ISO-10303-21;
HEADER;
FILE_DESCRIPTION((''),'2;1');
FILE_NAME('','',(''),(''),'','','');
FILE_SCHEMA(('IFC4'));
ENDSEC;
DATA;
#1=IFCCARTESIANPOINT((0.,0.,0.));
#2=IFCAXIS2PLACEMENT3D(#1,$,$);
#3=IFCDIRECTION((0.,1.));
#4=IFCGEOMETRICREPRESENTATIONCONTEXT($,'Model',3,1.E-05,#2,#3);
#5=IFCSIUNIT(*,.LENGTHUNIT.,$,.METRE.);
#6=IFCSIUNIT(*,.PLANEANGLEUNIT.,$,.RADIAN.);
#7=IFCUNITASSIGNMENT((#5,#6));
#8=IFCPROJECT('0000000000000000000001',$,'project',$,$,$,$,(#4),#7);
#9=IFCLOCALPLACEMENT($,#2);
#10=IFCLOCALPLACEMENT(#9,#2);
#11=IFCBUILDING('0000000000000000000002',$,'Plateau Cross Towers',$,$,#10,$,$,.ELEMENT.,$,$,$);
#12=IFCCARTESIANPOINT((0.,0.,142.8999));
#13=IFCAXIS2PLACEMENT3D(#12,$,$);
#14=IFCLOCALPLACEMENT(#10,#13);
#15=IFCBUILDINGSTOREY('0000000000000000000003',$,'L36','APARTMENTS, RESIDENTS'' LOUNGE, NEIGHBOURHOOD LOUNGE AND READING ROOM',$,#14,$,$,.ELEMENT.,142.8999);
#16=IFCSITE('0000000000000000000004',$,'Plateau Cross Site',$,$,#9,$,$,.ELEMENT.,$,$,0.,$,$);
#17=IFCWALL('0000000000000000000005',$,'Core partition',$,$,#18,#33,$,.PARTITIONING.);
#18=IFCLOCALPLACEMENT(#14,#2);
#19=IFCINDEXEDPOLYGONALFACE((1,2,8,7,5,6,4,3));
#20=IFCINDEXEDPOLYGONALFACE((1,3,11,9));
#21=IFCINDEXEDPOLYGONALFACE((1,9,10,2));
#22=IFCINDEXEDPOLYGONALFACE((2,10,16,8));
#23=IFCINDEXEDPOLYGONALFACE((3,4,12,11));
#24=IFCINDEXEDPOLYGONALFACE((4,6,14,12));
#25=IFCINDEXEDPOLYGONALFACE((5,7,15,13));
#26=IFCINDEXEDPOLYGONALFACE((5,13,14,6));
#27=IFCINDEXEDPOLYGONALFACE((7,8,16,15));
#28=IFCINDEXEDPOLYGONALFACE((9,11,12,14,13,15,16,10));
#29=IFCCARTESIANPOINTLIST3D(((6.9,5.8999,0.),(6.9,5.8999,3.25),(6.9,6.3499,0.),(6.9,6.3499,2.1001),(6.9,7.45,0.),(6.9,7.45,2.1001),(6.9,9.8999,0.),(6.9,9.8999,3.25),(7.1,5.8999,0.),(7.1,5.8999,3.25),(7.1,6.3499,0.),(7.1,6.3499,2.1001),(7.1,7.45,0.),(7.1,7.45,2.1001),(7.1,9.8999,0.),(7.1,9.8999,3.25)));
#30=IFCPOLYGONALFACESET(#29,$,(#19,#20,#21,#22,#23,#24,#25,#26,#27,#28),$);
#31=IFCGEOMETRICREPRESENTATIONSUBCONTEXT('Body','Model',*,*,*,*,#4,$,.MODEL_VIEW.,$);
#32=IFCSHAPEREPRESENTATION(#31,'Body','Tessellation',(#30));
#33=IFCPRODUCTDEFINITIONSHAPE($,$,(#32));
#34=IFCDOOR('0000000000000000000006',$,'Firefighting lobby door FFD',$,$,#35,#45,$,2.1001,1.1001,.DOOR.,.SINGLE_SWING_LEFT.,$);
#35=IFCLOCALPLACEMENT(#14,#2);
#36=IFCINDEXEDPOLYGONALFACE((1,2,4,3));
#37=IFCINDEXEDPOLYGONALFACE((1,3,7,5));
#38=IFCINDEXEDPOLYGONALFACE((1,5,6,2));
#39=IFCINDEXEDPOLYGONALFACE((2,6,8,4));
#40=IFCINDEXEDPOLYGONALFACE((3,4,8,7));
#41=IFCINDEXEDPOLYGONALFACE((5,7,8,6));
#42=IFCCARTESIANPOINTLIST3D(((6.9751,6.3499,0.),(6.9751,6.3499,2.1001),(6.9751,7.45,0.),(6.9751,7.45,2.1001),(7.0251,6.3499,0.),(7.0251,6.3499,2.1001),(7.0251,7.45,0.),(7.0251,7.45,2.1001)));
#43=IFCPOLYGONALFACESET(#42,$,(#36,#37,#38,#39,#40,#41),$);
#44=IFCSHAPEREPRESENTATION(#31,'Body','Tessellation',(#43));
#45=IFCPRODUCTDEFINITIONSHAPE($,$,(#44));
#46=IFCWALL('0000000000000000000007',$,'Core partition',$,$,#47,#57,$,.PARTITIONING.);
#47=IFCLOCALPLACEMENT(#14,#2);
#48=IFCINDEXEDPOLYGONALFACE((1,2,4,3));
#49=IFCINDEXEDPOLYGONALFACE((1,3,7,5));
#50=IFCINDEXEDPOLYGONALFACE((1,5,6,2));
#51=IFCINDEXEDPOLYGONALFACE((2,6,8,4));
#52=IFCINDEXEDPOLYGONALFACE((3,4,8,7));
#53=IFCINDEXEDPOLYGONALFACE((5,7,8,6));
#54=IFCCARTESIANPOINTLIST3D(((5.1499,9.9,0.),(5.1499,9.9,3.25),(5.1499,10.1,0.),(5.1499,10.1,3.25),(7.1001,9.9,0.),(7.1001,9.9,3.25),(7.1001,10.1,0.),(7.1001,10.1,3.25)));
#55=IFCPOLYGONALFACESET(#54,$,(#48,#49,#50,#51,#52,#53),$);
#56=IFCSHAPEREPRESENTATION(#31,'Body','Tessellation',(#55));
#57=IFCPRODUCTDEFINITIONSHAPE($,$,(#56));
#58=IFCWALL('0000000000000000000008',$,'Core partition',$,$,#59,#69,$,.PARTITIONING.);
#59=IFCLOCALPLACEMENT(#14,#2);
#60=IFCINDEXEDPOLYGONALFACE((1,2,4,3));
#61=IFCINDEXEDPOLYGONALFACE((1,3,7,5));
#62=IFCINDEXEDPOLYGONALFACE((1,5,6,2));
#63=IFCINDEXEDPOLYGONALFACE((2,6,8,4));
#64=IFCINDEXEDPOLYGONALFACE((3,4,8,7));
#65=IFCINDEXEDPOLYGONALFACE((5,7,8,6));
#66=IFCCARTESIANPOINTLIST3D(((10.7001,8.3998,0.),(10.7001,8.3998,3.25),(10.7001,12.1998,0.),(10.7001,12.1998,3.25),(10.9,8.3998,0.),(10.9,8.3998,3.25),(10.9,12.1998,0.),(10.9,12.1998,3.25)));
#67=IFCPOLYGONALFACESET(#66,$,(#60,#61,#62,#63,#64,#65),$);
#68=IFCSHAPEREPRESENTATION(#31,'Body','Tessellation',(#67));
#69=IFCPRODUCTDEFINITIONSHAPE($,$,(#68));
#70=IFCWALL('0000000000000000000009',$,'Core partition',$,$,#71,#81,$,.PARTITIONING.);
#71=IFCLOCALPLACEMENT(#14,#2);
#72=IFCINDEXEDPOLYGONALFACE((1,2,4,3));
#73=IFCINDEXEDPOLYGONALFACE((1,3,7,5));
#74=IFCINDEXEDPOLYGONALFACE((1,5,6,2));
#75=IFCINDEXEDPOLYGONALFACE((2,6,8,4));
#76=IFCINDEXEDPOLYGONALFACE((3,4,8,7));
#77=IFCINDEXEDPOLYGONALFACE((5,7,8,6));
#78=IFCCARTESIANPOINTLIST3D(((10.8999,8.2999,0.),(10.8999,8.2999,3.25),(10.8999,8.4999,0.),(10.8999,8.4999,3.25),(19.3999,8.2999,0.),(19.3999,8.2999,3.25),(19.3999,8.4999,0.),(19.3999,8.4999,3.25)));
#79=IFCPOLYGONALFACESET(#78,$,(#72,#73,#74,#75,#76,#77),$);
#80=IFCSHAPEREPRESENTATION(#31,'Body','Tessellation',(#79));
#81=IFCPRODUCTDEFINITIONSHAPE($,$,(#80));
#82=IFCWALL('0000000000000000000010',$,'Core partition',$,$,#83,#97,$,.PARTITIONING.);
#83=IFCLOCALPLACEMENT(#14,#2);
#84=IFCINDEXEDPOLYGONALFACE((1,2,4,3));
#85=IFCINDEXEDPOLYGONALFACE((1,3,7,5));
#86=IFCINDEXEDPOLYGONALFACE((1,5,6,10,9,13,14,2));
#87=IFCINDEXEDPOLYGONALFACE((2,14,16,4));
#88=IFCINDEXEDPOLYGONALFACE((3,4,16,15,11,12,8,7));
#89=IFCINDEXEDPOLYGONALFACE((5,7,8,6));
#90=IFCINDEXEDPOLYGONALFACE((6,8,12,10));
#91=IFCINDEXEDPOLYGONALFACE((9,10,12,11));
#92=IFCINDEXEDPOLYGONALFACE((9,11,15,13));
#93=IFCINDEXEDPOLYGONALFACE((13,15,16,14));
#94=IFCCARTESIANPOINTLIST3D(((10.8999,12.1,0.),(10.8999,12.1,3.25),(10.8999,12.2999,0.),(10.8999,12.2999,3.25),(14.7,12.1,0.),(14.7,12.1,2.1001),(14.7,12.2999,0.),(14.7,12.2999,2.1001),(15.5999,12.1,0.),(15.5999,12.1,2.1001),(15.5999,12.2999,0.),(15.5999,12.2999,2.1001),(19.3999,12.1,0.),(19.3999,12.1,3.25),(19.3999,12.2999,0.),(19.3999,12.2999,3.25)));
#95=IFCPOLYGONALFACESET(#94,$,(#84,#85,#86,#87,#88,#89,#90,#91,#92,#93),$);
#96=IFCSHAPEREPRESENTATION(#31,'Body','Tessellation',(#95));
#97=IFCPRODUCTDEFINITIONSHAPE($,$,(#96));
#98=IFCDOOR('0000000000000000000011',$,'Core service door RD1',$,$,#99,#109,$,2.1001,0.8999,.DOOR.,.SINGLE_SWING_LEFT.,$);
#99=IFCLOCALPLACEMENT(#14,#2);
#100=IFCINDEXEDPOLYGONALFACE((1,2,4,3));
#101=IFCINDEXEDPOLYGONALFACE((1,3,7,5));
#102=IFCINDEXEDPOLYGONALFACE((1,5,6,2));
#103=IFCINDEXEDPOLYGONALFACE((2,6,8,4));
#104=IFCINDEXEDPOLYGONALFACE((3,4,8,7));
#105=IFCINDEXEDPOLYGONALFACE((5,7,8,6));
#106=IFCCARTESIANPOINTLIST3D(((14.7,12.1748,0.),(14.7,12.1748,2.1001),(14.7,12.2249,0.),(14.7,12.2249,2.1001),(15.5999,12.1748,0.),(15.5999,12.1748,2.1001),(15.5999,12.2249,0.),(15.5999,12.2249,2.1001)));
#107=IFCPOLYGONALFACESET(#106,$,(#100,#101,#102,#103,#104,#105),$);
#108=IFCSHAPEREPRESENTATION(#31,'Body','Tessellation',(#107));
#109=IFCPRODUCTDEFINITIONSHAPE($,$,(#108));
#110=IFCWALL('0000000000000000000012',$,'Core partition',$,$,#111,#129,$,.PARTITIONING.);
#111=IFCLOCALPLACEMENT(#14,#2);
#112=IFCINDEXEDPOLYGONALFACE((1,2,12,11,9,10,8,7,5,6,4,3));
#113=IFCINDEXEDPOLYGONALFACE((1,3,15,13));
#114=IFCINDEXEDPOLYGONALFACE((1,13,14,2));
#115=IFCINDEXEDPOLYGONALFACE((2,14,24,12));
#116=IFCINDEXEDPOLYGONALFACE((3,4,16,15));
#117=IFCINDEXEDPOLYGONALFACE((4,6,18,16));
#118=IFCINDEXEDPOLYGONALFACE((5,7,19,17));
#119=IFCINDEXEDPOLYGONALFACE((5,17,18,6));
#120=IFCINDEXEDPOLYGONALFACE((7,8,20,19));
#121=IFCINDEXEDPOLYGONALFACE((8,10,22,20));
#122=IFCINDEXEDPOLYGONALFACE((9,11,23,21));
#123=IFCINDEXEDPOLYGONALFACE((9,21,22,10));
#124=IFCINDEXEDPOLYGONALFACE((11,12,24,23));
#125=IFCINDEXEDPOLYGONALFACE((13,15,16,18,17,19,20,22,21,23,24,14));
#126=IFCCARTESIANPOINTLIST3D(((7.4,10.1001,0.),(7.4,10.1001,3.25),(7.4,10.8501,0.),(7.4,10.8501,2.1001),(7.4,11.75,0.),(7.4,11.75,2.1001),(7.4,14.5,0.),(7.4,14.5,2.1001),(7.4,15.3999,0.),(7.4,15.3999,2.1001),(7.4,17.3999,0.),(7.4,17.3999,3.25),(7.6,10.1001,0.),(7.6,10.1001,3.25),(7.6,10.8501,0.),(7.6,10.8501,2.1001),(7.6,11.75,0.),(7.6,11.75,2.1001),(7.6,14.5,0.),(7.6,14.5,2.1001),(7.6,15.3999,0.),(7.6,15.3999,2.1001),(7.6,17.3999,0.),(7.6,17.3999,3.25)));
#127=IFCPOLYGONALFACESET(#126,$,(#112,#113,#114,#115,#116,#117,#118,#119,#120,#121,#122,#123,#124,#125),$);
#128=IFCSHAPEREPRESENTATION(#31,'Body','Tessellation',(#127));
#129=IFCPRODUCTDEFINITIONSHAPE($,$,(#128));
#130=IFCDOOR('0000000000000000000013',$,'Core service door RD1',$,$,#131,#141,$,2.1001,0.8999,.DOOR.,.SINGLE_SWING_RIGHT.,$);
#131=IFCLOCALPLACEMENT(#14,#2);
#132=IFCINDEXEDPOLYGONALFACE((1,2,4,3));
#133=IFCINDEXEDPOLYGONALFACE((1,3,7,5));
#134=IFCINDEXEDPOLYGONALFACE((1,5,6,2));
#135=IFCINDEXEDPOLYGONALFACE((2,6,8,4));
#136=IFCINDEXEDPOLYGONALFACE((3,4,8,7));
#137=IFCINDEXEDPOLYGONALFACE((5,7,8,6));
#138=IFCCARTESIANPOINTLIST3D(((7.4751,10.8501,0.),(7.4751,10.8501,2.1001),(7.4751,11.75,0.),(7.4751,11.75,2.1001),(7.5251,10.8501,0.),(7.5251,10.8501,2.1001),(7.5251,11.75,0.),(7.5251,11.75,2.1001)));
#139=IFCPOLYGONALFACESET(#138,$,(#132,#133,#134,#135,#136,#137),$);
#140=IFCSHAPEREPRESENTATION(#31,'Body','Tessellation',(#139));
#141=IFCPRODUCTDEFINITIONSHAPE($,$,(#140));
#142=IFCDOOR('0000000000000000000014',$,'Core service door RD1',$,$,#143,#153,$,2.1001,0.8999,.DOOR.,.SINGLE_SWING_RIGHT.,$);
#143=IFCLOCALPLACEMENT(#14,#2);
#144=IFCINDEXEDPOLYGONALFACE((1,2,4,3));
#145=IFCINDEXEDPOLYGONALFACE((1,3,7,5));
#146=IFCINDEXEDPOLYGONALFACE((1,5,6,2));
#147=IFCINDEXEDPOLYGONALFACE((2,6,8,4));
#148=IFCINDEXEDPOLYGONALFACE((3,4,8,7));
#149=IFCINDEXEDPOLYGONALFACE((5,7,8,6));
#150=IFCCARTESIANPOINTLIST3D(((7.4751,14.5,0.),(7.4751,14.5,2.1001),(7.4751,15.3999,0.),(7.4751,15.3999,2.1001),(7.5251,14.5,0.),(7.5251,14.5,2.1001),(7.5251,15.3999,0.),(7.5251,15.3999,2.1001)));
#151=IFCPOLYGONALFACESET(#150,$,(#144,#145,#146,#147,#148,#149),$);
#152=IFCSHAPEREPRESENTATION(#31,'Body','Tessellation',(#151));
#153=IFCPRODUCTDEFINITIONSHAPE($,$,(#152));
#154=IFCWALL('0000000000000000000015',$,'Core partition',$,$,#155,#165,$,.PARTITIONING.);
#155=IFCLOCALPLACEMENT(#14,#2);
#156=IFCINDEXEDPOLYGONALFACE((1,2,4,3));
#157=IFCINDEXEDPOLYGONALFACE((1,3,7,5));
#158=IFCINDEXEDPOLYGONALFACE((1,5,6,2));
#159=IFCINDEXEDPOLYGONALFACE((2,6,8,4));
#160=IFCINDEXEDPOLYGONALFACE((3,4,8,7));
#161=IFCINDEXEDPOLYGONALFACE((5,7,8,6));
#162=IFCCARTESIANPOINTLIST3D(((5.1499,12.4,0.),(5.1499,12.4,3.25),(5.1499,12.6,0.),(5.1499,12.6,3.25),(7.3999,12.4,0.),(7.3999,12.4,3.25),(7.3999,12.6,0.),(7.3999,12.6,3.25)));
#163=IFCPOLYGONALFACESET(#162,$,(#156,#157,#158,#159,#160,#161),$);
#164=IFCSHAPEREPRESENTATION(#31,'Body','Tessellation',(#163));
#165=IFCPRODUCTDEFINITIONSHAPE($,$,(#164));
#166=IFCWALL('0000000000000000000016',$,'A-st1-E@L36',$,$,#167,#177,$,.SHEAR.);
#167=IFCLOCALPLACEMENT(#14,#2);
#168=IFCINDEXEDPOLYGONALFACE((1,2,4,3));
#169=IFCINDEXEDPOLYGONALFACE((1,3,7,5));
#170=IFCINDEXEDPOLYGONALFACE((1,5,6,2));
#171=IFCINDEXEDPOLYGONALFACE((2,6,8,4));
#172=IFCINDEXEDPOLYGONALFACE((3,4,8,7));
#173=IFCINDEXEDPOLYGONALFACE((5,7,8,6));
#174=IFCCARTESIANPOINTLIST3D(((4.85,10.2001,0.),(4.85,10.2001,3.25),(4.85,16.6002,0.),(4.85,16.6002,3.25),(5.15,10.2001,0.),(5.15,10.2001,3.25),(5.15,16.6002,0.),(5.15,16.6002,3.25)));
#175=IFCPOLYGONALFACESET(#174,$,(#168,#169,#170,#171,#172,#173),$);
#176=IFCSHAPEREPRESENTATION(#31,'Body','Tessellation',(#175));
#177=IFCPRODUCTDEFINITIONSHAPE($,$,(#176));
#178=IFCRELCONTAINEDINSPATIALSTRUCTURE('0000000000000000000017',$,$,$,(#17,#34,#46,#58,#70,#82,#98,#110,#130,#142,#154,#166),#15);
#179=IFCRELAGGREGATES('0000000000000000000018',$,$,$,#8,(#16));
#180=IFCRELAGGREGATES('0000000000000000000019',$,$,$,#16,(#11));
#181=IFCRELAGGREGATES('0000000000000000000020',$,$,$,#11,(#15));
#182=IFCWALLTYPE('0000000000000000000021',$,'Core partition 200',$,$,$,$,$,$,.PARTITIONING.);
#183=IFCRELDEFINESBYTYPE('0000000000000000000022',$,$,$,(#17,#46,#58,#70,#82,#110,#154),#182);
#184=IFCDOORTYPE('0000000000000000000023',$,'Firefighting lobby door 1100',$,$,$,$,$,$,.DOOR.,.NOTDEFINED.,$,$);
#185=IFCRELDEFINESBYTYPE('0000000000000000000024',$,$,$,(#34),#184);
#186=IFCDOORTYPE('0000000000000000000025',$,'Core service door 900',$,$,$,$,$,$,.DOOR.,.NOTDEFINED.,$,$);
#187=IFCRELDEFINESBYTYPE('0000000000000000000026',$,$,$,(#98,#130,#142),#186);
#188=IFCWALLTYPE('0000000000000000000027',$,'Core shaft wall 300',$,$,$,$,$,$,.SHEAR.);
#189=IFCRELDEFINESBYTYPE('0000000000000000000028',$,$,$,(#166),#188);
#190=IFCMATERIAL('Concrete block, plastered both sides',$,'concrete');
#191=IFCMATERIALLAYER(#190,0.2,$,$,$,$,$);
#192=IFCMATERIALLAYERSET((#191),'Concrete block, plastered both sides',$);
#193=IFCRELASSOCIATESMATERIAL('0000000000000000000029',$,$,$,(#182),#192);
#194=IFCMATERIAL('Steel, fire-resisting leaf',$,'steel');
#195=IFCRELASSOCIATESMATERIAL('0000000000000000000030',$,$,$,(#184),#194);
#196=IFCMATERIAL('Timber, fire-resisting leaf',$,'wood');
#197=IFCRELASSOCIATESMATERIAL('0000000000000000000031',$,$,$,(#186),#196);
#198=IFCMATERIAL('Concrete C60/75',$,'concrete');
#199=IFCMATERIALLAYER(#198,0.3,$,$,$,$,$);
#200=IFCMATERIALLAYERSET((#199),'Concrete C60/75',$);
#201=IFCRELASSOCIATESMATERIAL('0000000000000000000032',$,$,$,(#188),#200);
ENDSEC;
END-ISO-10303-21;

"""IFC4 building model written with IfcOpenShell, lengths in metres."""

from ifc_helpers import new_model, si_unit, direction, frame, frame_2d, origin, place, context, subcontext, project, spatial, rectangle, extrude, material, layer, layer_set, type_object, element, fill, save


model = new_model("IFC4")

# Units and contexts
model_context = context("Model", 3, precision=1e-05, world=origin(), true_north=direction((0.0, 1.0)))
body_context = subcontext(model_context, "Body", "Model", "MODEL_VIEW")
ifc_project = project(units=[si_unit("LENGTHUNIT", "METRE"), si_unit("PLANEANGLEUNIT", "RADIAN")], contexts=[model_context])

# Site, building, storey
site_placement = place(None, origin())
site = spatial("IfcSite", under=ifc_project, at=site_placement, Name="Plateau Cross Site", CompositionType="ELEMENT", RefElevation=0.0)
building_placement = place(site_placement, origin())
building = spatial("IfcBuilding", under=site, at=building_placement, Name="Plateau Cross Towers", CompositionType="ELEMENT")
storey_placement = place(building_placement, frame((0.0, 0.0, 142.8999)))
storey = spatial("IfcBuildingStorey", under=building, at=storey_placement, Name="L36", Description="APARTMENTS, RESIDENTS' LOUNGE, NEIGHBOURHOOD LOUNGE AND READING ROOM", CompositionType="ELEMENT", Elevation=142.8999)

# Wall, opening, door
ifc_material_1 = material(Name="Concrete block, plastered both sides", Category="concrete")
ifc_layer_1 = layer(ifc_material_1, 0.2)
ifc_layer_set_1 = layer_set([ifc_layer_1], Name="Concrete block, plastered both sides")
wall_type_1 = type_object("IfcWallType", Name="Core partition 200", PredefinedType="PARTITIONING", material=ifc_layer_set_1)
wall_1_placement = place(storey_placement, frame((7.0, 5.8999, 0.0), z_axis=(0.0, 0.0, 1.0), x_axis=(0.0, 1.0, 0.0)))
wall_1 = element("IfcWall", 1, at=wall_1_placement, inside=storey, type_object=wall_type_1, Name="Core partition", PredefinedType="PARTITIONING", context=body_context, shape_type="SweptSolid", body=[
    extrude(rectangle(XDim=4.0, YDim=0.2, at=frame_2d((2.0, 0.0))), origin(), (0.0, 0.0, 1.0), 3.25),
])
opening_1_placement = place(wall_1_placement, frame((0.45, 0.0, 0.0)))
opening_1 = element("IfcOpeningElement", 2, at=opening_1_placement, cuts=wall_1, PredefinedType="OPENING", context=body_context, shape_type="SweptSolid", body=[
    extrude(rectangle(XDim=1.1001, YDim=2.1001, at=frame_2d((0.55, 1.05))), frame((0.0, 0.1099, 0.0), z_axis=(0.0, -1.0, 0.0), x_axis=(1.0, 0.0, 0.0)), (0.0, 0.0, 1.0), 0.22),
])
ifc_material_2 = material(Name="Steel, fire-resisting leaf", Category="steel")
door_type_1 = type_object("IfcDoorType", Name="Firefighting lobby door 1100", OperationType="NOTDEFINED", PredefinedType="DOOR", material=ifc_material_2)
door_1_placement = place(opening_1_placement, origin())
door_1 = element("IfcDoor", 3, at=door_1_placement, inside=storey, type_object=door_type_1, Name="Firefighting lobby door FFD", OperationType="SINGLE_SWING_LEFT", OverallHeight=2.1001, OverallWidth=1.1001, PredefinedType="DOOR", context=body_context, shape_type="SweptSolid", body=[
    extrude(rectangle(XDim=1.1001, YDim=2.1001, at=frame_2d((0.55, 1.05))), frame((0.0, 0.0249, 0.0), z_axis=(0.0, -1.0, 0.0), x_axis=(1.0, 0.0, 0.0)), (0.0, 0.0, 1.0), 0.05),
])
fill(opening_1, door_1)

# Walls
wall_2_placement = place(storey_placement, frame((5.1499, 10.0, 0.0), z_axis=(0.0, 0.0, 1.0), x_axis=(1.0, 0.0, 0.0)))
element("IfcWall", 4, at=wall_2_placement, inside=storey, type_object=wall_type_1, Name="Core partition", PredefinedType="PARTITIONING", context=body_context, shape_type="SweptSolid", body=[
    extrude(rectangle(XDim=1.9502, YDim=0.2, at=frame_2d((0.9751, 0.0))), origin(), (0.0, 0.0, 1.0), 3.25),
])
wall_3_placement = place(storey_placement, frame((10.8, 8.3999, 0.0), z_axis=(0.0, 0.0, 1.0), x_axis=(0.0, 1.0, 0.0)))
element("IfcWall", 5, at=wall_3_placement, inside=storey, type_object=wall_type_1, Name="Core partition", PredefinedType="PARTITIONING", context=body_context, shape_type="SweptSolid", body=[
    extrude(rectangle(XDim=3.8, YDim=0.2, at=frame_2d((1.8999, 0.0))), origin(), (0.0, 0.0, 1.0), 3.25),
])
wall_4_placement = place(storey_placement, frame((10.8999, 8.3999, 0.0), z_axis=(0.0, 0.0, 1.0), x_axis=(1.0, 0.0, 0.0)))
element("IfcWall", 6, at=wall_4_placement, inside=storey, type_object=wall_type_1, Name="Core partition", PredefinedType="PARTITIONING", context=body_context, shape_type="SweptSolid", body=[
    extrude(rectangle(XDim=8.5, YDim=0.2, at=frame_2d((4.25, 0.0))), origin(), (0.0, 0.0, 1.0), 3.25),
])

# Wall, opening, door
wall_5_placement = place(storey_placement, frame((10.8999, 12.2, 0.0), z_axis=(0.0, 0.0, 1.0), x_axis=(1.0, 0.0, 0.0)))
wall_5 = element("IfcWall", 7, at=wall_5_placement, inside=storey, type_object=wall_type_1, Name="Core partition", PredefinedType="PARTITIONING", context=body_context, shape_type="SweptSolid", body=[
    extrude(rectangle(XDim=8.5, YDim=0.2, at=frame_2d((4.25, 0.0))), origin(), (0.0, 0.0, 1.0), 3.25),
])
opening_2_placement = place(wall_5_placement, frame((3.8, 0.0, 0.0)))
opening_2 = element("IfcOpeningElement", 8, at=opening_2_placement, cuts=wall_5, PredefinedType="OPENING", context=body_context, shape_type="SweptSolid", body=[
    extrude(rectangle(XDim=0.8999, YDim=2.1001, at=frame_2d((0.45, 1.05))), frame((0.0, 0.1099, 0.0), z_axis=(0.0, -1.0, 0.0), x_axis=(1.0, 0.0, 0.0)), (0.0, 0.0, 1.0), 0.22),
])
ifc_material_3 = material(Name="Timber, fire-resisting leaf", Category="wood")
door_type_2 = type_object("IfcDoorType", Name="Core service door 900", OperationType="NOTDEFINED", PredefinedType="DOOR", material=ifc_material_3)
door_2_placement = place(opening_2_placement, origin())
door_2 = element("IfcDoor", 9, at=door_2_placement, inside=storey, type_object=door_type_2, Name="Core service door RD1", OperationType="SINGLE_SWING_LEFT", OverallHeight=2.1001, OverallWidth=0.8999, PredefinedType="DOOR", context=body_context, shape_type="SweptSolid", body=[
    extrude(rectangle(XDim=0.8999, YDim=2.1001, at=frame_2d((0.45, 1.05))), frame((0.0, 0.0249, 0.0), z_axis=(0.0, -1.0, 0.0), x_axis=(1.0, 0.0, 0.0)), (0.0, 0.0, 1.0), 0.05),
])
fill(opening_2, door_2)

# Wall, openings, doors
wall_6_placement = place(storey_placement, frame((7.5, 10.1001, 0.0), z_axis=(0.0, 0.0, 1.0), x_axis=(0.0, 1.0, 0.0)))
wall_6 = element("IfcWall", 10, at=wall_6_placement, inside=storey, type_object=wall_type_1, Name="Core partition", PredefinedType="PARTITIONING", context=body_context, shape_type="SweptSolid", body=[
    extrude(rectangle(XDim=7.2998, YDim=0.2, at=frame_2d((3.6499, 0.0))), origin(), (0.0, 0.0, 1.0), 3.25),
])
opening_3_placement = place(wall_6_placement, frame((0.75, 0.0, 0.0)))
opening_3 = element("IfcOpeningElement", 11, at=opening_3_placement, cuts=wall_6, PredefinedType="OPENING", context=body_context, shape_type="SweptSolid", body=[
    extrude(rectangle(XDim=0.8999, YDim=2.1001, at=frame_2d((0.45, 1.05))), frame((0.0, 0.1099, 0.0), z_axis=(0.0, -1.0, 0.0), x_axis=(1.0, 0.0, 0.0)), (0.0, 0.0, 1.0), 0.22),
])
opening_4_placement = place(wall_6_placement, frame((4.3999, 0.0, 0.0)))
opening_4 = element("IfcOpeningElement", 12, at=opening_4_placement, cuts=wall_6, PredefinedType="OPENING", context=body_context, shape_type="SweptSolid", body=[
    extrude(rectangle(XDim=0.8999, YDim=2.1001, at=frame_2d((0.45, 1.05))), frame((0.0, 0.1099, 0.0), z_axis=(0.0, -1.0, 0.0), x_axis=(1.0, 0.0, 0.0)), (0.0, 0.0, 1.0), 0.22),
])
door_3_placement = place(opening_3_placement, origin())
door_3 = element("IfcDoor", 13, at=door_3_placement, inside=storey, type_object=door_type_2, Name="Core service door RD1", OperationType="SINGLE_SWING_RIGHT", OverallHeight=2.1001, OverallWidth=0.8999, PredefinedType="DOOR", context=body_context, shape_type="SweptSolid", body=[
    extrude(rectangle(XDim=0.8999, YDim=2.1001, at=frame_2d((0.45, 1.05))), frame((0.0, 0.0249, 0.0), z_axis=(0.0, -1.0, 0.0), x_axis=(1.0, 0.0, 0.0)), (0.0, 0.0, 1.0), 0.05),
])
fill(opening_3, door_3)
door_4_placement = place(opening_4_placement, origin())
door_4 = element("IfcDoor", 14, at=door_4_placement, inside=storey, type_object=door_type_2, Name="Core service door RD1", OperationType="SINGLE_SWING_RIGHT", OverallHeight=2.1001, OverallWidth=0.8999, PredefinedType="DOOR", context=body_context, shape_type="SweptSolid", body=[
    extrude(rectangle(XDim=0.8999, YDim=2.1001, at=frame_2d((0.45, 1.05))), frame((0.0, 0.0249, 0.0), z_axis=(0.0, -1.0, 0.0), x_axis=(1.0, 0.0, 0.0)), (0.0, 0.0, 1.0), 0.05),
])
fill(opening_4, door_4)

# Walls
wall_7_placement = place(storey_placement, frame((5.1499, 12.5, 0.0), z_axis=(0.0, 0.0, 1.0), x_axis=(1.0, 0.0, 0.0)))
element("IfcWall", 15, at=wall_7_placement, inside=storey, type_object=wall_type_1, Name="Core partition", PredefinedType="PARTITIONING", context=body_context, shape_type="SweptSolid", body=[
    extrude(rectangle(XDim=2.25, YDim=0.2, at=frame_2d((1.125, 0.0))), origin(), (0.0, 0.0, 1.0), 3.25),
])
ifc_material_4 = material(Name="Concrete C60/75", Category="concrete")
ifc_layer_2 = layer(ifc_material_4, 0.3)
ifc_layer_set_2 = layer_set([ifc_layer_2], Name="Concrete C60/75")
wall_type_2 = type_object("IfcWallType", Name="Core shaft wall 300", PredefinedType="SHEAR", material=ifc_layer_set_2)
wall_8_placement = place(storey_placement, frame((5.0, 10.2, 0.0), z_axis=(0.0, 0.0, 1.0), x_axis=(0.0, 1.0, 0.0)))
element("IfcWall", 16, at=wall_8_placement, inside=storey, type_object=wall_type_2, Name="A-st1-E@L36", PredefinedType="SHEAR", context=body_context, shape_type="SweptSolid", body=[
    extrude(rectangle(XDim=6.4001, YDim=0.3, at=frame_2d((3.2002, 0.0))), origin(), (0.0, 0.0, 1.0), 3.25),
])

save(model, "model.ifc")
